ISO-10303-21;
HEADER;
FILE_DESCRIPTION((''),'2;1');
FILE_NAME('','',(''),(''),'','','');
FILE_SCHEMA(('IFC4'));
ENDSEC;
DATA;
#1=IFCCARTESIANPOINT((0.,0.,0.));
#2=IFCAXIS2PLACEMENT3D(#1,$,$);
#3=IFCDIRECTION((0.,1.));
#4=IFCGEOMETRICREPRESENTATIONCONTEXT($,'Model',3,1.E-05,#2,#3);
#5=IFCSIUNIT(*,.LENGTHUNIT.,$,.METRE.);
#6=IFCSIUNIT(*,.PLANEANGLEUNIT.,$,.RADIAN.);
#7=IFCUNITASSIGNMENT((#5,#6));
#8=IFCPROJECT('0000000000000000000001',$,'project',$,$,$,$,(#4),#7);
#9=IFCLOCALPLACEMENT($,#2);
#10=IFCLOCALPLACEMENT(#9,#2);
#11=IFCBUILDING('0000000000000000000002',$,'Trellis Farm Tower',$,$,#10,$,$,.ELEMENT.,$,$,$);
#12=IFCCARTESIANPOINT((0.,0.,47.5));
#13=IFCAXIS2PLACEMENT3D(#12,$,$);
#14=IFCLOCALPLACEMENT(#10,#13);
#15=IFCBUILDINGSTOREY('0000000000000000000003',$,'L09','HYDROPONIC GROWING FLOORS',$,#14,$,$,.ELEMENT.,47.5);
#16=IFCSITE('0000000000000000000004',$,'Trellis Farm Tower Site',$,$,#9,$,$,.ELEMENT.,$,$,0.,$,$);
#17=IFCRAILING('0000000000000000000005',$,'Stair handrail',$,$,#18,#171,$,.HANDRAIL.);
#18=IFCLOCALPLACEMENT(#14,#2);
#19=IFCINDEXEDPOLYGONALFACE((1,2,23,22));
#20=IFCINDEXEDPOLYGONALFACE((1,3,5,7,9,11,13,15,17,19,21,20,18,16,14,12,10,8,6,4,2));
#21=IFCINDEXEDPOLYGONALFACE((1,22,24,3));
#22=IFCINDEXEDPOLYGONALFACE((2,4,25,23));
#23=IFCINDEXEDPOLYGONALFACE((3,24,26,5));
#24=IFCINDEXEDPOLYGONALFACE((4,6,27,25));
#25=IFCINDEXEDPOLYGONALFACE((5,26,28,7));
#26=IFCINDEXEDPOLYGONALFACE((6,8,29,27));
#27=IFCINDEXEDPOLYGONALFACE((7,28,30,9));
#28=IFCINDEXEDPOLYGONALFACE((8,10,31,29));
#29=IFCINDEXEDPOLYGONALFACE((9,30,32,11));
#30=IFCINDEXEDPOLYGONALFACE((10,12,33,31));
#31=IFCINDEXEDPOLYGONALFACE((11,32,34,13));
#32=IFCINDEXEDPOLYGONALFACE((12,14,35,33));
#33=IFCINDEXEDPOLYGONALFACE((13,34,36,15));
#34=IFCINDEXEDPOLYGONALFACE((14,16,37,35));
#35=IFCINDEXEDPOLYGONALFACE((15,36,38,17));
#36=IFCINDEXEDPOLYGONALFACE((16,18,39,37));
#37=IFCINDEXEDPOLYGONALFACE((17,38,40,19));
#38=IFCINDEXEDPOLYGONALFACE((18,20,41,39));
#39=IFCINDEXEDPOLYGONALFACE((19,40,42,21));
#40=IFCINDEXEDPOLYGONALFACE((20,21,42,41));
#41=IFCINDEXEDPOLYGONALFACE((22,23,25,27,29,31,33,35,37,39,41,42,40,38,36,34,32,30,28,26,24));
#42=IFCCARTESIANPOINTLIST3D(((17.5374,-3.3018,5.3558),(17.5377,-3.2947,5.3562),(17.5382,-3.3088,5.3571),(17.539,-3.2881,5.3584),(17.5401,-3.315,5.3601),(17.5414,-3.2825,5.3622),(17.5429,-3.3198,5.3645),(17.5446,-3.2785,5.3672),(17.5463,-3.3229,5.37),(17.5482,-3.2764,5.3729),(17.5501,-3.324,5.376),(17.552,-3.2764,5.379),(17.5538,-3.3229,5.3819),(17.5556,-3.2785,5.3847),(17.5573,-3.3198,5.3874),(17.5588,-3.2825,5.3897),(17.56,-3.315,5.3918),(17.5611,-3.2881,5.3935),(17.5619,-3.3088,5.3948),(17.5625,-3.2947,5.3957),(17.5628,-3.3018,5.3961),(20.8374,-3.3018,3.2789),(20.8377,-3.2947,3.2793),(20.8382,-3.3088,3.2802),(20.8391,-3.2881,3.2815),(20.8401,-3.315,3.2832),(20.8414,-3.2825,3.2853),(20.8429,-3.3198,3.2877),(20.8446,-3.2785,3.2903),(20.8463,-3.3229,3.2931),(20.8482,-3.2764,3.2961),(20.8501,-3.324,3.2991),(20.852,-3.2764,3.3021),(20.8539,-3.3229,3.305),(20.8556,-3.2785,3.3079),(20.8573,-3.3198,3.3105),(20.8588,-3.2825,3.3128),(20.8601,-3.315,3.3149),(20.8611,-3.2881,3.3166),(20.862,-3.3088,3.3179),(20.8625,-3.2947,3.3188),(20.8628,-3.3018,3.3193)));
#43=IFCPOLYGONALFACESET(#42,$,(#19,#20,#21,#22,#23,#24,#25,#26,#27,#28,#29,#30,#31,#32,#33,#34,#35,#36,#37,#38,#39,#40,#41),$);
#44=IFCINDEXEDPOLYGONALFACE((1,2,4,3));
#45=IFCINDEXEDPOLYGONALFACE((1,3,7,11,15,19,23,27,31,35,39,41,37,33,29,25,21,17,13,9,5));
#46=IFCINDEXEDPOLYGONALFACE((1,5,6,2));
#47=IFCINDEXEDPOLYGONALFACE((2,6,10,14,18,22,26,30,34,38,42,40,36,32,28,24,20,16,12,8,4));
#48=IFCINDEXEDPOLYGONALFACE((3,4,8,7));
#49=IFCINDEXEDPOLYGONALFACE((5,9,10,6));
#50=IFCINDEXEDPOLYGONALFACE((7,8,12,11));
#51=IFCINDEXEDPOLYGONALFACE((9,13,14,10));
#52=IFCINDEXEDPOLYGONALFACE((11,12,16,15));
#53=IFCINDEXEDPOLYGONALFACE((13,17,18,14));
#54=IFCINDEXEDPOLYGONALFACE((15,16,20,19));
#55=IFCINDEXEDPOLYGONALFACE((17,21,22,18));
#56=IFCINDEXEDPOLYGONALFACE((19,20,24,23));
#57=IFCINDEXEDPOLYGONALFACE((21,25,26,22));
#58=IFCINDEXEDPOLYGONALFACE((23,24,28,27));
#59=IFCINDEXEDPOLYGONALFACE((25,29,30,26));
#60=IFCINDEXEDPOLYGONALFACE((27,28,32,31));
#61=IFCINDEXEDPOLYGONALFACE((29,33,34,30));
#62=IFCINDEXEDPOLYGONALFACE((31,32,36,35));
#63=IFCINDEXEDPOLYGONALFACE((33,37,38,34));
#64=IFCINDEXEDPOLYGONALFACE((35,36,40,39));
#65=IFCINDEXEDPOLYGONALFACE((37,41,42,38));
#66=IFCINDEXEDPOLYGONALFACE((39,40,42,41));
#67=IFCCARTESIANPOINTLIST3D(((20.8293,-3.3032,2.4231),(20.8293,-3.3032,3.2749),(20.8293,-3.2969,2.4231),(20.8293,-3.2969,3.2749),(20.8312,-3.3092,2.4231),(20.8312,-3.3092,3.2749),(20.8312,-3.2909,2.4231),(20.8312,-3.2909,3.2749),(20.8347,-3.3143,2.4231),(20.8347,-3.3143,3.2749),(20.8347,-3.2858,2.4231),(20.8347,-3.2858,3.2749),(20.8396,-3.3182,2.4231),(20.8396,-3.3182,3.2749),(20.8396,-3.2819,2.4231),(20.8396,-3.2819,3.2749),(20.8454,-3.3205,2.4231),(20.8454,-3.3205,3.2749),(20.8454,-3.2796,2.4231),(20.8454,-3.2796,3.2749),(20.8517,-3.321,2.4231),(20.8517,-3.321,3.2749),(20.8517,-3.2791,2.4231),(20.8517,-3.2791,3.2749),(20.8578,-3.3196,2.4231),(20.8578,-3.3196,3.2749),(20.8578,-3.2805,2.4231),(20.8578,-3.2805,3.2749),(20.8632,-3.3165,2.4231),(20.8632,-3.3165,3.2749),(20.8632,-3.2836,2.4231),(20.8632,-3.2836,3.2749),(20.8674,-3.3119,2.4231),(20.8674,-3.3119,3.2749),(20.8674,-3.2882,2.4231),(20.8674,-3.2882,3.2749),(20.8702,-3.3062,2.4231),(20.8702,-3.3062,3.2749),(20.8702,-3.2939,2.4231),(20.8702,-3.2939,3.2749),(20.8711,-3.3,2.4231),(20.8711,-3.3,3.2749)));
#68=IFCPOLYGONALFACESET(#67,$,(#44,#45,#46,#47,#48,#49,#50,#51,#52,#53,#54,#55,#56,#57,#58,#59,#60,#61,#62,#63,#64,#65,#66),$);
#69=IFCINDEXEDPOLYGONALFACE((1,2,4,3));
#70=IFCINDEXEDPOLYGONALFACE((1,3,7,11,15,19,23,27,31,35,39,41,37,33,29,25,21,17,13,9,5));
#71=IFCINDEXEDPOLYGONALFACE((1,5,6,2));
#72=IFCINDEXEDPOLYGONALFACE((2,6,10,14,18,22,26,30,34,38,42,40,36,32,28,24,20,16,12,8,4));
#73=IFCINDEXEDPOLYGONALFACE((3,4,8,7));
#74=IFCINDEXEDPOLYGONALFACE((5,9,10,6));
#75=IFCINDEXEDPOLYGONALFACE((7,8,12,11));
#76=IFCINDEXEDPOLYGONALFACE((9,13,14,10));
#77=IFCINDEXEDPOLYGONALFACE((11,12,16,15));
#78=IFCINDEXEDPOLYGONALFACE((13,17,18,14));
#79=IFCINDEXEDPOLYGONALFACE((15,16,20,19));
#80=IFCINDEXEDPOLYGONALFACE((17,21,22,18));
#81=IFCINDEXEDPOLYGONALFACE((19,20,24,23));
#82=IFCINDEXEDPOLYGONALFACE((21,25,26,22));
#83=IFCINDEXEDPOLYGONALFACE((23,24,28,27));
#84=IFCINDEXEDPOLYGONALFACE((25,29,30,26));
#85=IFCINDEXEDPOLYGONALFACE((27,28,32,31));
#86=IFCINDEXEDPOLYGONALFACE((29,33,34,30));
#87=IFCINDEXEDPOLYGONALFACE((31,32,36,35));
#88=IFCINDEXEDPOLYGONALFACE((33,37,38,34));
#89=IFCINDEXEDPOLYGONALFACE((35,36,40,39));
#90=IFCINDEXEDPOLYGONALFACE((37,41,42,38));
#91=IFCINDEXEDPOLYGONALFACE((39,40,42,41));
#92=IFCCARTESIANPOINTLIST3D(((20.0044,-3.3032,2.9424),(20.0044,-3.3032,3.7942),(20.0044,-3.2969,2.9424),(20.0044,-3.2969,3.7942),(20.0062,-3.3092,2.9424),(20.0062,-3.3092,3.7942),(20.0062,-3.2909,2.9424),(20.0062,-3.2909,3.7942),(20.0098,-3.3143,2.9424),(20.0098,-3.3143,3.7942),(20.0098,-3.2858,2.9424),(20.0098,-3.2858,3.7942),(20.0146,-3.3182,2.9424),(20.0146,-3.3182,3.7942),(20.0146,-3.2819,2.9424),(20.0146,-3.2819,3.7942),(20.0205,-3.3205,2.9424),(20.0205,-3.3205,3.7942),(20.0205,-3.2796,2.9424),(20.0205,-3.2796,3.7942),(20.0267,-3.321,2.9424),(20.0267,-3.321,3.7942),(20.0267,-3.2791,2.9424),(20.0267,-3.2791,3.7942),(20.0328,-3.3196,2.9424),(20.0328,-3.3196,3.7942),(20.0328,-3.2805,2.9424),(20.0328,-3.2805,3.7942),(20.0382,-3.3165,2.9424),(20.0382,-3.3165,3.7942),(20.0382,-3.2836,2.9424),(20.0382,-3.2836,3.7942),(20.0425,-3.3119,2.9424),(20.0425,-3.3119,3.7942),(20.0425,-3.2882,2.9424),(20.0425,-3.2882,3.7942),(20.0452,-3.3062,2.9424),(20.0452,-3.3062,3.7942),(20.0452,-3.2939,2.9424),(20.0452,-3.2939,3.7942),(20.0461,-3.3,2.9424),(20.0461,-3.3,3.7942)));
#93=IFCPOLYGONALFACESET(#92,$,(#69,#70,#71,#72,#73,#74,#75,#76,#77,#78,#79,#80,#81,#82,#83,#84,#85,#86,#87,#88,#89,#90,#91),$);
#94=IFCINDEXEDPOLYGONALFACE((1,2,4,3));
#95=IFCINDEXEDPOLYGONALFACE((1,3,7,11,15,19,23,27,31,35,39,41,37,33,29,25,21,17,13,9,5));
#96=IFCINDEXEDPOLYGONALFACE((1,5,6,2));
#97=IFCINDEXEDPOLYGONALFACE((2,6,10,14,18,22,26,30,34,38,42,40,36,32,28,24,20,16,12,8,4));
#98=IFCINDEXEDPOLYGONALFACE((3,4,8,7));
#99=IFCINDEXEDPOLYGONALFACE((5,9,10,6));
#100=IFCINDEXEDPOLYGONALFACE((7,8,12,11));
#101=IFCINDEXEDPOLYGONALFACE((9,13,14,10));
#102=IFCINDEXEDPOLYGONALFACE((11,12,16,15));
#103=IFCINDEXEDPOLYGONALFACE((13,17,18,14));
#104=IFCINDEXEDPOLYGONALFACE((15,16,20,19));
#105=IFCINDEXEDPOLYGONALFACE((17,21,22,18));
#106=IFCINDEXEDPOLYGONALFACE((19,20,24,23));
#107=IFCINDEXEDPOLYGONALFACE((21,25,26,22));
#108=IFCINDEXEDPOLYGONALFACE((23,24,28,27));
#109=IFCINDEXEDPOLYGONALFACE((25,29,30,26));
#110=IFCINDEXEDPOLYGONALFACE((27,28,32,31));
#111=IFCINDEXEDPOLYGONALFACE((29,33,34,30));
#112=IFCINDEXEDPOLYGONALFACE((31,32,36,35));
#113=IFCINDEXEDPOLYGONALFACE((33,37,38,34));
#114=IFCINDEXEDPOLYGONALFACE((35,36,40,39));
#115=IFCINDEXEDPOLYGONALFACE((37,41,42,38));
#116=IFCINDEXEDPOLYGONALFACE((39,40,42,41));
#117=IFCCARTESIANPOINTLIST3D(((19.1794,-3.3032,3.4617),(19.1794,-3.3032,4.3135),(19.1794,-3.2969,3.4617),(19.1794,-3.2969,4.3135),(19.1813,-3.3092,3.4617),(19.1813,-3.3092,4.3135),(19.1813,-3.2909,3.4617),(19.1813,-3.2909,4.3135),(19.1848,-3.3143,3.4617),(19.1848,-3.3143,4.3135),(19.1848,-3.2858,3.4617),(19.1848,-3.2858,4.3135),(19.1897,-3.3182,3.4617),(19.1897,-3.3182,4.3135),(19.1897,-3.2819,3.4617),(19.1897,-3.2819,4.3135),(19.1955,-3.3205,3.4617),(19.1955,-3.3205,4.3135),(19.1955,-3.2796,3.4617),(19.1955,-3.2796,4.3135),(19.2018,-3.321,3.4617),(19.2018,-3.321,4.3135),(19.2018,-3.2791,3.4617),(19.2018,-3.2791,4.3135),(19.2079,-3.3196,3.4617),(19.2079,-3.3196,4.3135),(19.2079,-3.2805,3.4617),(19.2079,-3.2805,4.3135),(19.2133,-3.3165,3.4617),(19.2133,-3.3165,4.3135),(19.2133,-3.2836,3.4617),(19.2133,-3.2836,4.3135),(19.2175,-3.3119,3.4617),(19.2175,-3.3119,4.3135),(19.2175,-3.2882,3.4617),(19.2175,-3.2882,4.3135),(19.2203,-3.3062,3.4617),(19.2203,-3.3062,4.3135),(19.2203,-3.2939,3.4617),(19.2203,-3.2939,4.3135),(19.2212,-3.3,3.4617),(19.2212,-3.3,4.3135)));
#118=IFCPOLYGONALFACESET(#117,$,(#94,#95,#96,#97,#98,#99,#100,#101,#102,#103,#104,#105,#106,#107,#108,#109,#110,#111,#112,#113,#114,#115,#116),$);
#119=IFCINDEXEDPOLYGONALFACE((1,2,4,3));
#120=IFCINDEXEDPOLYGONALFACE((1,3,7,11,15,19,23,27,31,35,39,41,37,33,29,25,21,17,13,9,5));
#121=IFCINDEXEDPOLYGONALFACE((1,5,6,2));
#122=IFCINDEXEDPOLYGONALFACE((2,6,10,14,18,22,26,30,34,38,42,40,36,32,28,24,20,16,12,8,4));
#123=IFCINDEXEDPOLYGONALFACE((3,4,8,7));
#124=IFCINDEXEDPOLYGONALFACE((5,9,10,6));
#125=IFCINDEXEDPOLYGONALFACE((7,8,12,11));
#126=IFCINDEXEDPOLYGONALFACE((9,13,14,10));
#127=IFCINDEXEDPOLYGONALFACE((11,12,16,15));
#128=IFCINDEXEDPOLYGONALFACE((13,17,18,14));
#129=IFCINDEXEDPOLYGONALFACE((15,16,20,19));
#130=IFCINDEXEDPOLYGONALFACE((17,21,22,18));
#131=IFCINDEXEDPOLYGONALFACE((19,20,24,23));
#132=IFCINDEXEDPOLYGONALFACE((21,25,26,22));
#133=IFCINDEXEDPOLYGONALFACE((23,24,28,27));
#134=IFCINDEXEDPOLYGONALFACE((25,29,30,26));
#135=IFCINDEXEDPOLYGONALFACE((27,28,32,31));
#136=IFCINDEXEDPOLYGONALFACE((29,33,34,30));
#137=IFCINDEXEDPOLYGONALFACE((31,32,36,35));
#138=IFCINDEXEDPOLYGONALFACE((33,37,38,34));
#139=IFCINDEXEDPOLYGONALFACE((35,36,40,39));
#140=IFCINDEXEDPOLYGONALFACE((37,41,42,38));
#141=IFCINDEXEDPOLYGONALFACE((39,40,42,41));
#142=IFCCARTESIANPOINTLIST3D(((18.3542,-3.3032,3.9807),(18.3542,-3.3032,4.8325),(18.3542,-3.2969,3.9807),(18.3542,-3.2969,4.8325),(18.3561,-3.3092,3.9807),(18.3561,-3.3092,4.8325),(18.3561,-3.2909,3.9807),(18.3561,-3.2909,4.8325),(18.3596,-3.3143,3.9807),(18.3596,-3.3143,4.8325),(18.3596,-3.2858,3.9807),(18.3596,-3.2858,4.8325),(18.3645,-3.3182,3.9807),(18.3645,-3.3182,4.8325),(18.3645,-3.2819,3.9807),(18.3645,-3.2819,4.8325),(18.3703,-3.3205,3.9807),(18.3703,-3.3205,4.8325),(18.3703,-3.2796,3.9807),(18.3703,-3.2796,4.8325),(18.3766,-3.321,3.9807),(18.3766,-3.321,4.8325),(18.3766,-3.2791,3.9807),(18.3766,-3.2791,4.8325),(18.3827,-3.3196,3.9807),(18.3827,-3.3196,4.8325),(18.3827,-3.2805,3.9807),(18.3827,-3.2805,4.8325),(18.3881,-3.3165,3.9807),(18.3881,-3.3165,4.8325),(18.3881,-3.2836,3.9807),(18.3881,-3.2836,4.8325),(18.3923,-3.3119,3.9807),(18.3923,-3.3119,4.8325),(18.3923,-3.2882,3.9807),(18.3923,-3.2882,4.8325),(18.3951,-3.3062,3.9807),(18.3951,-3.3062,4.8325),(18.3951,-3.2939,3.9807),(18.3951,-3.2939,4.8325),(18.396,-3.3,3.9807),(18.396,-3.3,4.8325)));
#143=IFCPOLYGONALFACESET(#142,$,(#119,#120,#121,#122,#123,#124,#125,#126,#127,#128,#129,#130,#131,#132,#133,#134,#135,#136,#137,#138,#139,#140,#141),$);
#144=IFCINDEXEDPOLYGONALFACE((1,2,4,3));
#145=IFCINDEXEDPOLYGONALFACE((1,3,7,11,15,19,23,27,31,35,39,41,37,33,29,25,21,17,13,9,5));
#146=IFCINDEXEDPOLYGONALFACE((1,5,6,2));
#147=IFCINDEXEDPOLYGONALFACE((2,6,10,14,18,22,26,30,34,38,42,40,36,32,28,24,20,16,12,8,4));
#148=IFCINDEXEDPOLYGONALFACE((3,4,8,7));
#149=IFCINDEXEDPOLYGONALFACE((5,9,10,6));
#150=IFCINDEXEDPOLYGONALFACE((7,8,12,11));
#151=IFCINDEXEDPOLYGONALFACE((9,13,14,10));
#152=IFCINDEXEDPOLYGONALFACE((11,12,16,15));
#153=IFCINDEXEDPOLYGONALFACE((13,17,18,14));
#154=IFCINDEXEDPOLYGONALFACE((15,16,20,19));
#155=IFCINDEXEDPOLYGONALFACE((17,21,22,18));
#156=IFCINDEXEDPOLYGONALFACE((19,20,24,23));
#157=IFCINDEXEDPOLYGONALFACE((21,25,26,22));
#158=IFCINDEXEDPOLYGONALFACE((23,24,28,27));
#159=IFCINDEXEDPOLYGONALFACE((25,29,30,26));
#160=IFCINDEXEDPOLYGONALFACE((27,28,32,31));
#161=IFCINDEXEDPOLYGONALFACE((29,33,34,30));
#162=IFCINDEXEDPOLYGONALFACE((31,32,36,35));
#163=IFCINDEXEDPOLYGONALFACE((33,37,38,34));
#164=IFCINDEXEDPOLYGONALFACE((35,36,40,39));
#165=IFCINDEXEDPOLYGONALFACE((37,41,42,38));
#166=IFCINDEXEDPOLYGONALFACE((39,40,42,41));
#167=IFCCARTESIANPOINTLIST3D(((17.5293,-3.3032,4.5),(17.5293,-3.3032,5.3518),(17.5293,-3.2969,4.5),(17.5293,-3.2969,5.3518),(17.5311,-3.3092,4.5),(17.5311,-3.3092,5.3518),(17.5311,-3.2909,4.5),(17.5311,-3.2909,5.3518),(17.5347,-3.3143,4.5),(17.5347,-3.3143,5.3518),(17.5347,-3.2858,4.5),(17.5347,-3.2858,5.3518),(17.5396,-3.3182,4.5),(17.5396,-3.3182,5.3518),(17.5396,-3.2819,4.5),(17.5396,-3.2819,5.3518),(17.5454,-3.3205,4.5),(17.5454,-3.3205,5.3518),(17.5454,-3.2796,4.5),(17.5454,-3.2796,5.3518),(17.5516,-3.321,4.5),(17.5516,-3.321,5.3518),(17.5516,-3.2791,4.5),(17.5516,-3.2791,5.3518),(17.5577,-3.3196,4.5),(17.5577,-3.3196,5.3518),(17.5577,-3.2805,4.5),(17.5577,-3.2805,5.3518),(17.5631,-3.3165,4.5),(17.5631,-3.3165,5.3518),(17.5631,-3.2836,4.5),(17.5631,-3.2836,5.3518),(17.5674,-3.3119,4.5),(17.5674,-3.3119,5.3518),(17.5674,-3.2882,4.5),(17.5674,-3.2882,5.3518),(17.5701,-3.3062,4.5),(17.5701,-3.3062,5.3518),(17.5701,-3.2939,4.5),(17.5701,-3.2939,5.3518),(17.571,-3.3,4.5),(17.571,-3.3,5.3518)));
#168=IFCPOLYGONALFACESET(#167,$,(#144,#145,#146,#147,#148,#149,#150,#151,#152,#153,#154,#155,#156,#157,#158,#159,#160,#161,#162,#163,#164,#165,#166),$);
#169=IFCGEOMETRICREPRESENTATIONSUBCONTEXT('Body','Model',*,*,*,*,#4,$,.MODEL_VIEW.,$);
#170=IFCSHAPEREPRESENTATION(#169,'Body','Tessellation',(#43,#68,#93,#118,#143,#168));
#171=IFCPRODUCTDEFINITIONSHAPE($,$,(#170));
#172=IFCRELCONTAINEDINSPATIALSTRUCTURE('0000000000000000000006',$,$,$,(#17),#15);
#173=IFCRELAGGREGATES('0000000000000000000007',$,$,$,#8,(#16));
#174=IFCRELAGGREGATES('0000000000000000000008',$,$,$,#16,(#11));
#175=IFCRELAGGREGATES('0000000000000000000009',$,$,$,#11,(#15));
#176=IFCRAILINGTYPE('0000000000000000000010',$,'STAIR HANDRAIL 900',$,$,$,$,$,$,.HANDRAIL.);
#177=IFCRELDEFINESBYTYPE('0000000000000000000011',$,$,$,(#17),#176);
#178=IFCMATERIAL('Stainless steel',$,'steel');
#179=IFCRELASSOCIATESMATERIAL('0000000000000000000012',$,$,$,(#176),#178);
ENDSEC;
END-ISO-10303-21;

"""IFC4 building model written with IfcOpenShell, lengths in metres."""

from ifc_helpers import new_model, si_unit, direction, frame, origin, origin_2d, place, context, subcontext, project, spatial, circle, extrude, source, transform, mapped, material, type_object, element, save


model = new_model("IFC4")

# Units and contexts
model_context = context("Model", 3, precision=1e-05, world=origin(), true_north=direction((0.0, 1.0)))
body_context = subcontext(model_context, "Body", "Model", "MODEL_VIEW")
ifc_project = project(units=[si_unit("LENGTHUNIT", "METRE"), si_unit("PLANEANGLEUNIT", "RADIAN")], contexts=[model_context])

# Site, building, storey
site_placement = place(None, origin())
site = spatial("IfcSite", under=ifc_project, at=site_placement, Name="Trellis Farm Tower Site", CompositionType="ELEMENT", RefElevation=0.0)
building_placement = place(site_placement, origin())
building = spatial("IfcBuilding", under=site, at=building_placement, Name="Trellis Farm Tower", CompositionType="ELEMENT")
storey_placement = place(building_placement, frame((0.0, 0.0, 47.5)))
storey = spatial("IfcBuildingStorey", under=building, at=storey_placement, Name="L09", Description="HYDROPONIC GROWING FLOORS", CompositionType="ELEMENT", Elevation=47.5)

# Shared definitions
ifc_material_1 = material(Name="Stainless steel", Category="steel")

# Railing
railing_type = type_object("IfcRailingType", Name="STAIR HANDRAIL 900", PredefinedType="HANDRAIL", material=ifc_material_1)
shared_shape_1 = source(origin(), body_context, "Body", "SweptSolid", [
    extrude(circle(Radius=0.0239, at=origin_2d()), frame((0.0, 0.0, 0.876), z_axis=(-0.846337, 0.0, 0.532647), x_axis=(0.0, -1.0, 0.0)), (0.0, 0.0, 1.0), 3.8992),
    extrude(circle(Radius=0.021, at=origin_2d()), origin(), (0.0, 0.0, 1.0), 0.8518),
    extrude(circle(Radius=0.021, at=origin_2d()), frame((-0.825, 0.0, 0.5193)), (0.0, 0.0, 1.0), 0.8518),
    extrude(circle(Radius=0.021, at=origin_2d()), frame((-1.6499, 0.0, 1.0386)), (0.0, 0.0, 1.0), 0.8518),
    extrude(circle(Radius=0.021, at=origin_2d()), frame((-2.4751, 0.0, 1.5576)), (0.0, 0.0, 1.0), 0.8518),
    extrude(circle(Radius=0.021, at=origin_2d()), frame((-3.3, 0.0, 2.0769)), (0.0, 0.0, 1.0), 0.8518),
])
for number, where, name in (
    (1, (20.8501, -3.3, 2.4231), "Stair handrail"),
):
    element("IfcRailing", number, at=place(storey_placement, frame(where)), inside=storey, type_object=railing_type, Name=name, PredefinedType="HANDRAIL", context=body_context, shape_type="MappedRepresentation", body=[
        mapped(shared_shape_1, transform((0.0, 0.0, 0.0))),
    ])

save(model, "model.ifc")
